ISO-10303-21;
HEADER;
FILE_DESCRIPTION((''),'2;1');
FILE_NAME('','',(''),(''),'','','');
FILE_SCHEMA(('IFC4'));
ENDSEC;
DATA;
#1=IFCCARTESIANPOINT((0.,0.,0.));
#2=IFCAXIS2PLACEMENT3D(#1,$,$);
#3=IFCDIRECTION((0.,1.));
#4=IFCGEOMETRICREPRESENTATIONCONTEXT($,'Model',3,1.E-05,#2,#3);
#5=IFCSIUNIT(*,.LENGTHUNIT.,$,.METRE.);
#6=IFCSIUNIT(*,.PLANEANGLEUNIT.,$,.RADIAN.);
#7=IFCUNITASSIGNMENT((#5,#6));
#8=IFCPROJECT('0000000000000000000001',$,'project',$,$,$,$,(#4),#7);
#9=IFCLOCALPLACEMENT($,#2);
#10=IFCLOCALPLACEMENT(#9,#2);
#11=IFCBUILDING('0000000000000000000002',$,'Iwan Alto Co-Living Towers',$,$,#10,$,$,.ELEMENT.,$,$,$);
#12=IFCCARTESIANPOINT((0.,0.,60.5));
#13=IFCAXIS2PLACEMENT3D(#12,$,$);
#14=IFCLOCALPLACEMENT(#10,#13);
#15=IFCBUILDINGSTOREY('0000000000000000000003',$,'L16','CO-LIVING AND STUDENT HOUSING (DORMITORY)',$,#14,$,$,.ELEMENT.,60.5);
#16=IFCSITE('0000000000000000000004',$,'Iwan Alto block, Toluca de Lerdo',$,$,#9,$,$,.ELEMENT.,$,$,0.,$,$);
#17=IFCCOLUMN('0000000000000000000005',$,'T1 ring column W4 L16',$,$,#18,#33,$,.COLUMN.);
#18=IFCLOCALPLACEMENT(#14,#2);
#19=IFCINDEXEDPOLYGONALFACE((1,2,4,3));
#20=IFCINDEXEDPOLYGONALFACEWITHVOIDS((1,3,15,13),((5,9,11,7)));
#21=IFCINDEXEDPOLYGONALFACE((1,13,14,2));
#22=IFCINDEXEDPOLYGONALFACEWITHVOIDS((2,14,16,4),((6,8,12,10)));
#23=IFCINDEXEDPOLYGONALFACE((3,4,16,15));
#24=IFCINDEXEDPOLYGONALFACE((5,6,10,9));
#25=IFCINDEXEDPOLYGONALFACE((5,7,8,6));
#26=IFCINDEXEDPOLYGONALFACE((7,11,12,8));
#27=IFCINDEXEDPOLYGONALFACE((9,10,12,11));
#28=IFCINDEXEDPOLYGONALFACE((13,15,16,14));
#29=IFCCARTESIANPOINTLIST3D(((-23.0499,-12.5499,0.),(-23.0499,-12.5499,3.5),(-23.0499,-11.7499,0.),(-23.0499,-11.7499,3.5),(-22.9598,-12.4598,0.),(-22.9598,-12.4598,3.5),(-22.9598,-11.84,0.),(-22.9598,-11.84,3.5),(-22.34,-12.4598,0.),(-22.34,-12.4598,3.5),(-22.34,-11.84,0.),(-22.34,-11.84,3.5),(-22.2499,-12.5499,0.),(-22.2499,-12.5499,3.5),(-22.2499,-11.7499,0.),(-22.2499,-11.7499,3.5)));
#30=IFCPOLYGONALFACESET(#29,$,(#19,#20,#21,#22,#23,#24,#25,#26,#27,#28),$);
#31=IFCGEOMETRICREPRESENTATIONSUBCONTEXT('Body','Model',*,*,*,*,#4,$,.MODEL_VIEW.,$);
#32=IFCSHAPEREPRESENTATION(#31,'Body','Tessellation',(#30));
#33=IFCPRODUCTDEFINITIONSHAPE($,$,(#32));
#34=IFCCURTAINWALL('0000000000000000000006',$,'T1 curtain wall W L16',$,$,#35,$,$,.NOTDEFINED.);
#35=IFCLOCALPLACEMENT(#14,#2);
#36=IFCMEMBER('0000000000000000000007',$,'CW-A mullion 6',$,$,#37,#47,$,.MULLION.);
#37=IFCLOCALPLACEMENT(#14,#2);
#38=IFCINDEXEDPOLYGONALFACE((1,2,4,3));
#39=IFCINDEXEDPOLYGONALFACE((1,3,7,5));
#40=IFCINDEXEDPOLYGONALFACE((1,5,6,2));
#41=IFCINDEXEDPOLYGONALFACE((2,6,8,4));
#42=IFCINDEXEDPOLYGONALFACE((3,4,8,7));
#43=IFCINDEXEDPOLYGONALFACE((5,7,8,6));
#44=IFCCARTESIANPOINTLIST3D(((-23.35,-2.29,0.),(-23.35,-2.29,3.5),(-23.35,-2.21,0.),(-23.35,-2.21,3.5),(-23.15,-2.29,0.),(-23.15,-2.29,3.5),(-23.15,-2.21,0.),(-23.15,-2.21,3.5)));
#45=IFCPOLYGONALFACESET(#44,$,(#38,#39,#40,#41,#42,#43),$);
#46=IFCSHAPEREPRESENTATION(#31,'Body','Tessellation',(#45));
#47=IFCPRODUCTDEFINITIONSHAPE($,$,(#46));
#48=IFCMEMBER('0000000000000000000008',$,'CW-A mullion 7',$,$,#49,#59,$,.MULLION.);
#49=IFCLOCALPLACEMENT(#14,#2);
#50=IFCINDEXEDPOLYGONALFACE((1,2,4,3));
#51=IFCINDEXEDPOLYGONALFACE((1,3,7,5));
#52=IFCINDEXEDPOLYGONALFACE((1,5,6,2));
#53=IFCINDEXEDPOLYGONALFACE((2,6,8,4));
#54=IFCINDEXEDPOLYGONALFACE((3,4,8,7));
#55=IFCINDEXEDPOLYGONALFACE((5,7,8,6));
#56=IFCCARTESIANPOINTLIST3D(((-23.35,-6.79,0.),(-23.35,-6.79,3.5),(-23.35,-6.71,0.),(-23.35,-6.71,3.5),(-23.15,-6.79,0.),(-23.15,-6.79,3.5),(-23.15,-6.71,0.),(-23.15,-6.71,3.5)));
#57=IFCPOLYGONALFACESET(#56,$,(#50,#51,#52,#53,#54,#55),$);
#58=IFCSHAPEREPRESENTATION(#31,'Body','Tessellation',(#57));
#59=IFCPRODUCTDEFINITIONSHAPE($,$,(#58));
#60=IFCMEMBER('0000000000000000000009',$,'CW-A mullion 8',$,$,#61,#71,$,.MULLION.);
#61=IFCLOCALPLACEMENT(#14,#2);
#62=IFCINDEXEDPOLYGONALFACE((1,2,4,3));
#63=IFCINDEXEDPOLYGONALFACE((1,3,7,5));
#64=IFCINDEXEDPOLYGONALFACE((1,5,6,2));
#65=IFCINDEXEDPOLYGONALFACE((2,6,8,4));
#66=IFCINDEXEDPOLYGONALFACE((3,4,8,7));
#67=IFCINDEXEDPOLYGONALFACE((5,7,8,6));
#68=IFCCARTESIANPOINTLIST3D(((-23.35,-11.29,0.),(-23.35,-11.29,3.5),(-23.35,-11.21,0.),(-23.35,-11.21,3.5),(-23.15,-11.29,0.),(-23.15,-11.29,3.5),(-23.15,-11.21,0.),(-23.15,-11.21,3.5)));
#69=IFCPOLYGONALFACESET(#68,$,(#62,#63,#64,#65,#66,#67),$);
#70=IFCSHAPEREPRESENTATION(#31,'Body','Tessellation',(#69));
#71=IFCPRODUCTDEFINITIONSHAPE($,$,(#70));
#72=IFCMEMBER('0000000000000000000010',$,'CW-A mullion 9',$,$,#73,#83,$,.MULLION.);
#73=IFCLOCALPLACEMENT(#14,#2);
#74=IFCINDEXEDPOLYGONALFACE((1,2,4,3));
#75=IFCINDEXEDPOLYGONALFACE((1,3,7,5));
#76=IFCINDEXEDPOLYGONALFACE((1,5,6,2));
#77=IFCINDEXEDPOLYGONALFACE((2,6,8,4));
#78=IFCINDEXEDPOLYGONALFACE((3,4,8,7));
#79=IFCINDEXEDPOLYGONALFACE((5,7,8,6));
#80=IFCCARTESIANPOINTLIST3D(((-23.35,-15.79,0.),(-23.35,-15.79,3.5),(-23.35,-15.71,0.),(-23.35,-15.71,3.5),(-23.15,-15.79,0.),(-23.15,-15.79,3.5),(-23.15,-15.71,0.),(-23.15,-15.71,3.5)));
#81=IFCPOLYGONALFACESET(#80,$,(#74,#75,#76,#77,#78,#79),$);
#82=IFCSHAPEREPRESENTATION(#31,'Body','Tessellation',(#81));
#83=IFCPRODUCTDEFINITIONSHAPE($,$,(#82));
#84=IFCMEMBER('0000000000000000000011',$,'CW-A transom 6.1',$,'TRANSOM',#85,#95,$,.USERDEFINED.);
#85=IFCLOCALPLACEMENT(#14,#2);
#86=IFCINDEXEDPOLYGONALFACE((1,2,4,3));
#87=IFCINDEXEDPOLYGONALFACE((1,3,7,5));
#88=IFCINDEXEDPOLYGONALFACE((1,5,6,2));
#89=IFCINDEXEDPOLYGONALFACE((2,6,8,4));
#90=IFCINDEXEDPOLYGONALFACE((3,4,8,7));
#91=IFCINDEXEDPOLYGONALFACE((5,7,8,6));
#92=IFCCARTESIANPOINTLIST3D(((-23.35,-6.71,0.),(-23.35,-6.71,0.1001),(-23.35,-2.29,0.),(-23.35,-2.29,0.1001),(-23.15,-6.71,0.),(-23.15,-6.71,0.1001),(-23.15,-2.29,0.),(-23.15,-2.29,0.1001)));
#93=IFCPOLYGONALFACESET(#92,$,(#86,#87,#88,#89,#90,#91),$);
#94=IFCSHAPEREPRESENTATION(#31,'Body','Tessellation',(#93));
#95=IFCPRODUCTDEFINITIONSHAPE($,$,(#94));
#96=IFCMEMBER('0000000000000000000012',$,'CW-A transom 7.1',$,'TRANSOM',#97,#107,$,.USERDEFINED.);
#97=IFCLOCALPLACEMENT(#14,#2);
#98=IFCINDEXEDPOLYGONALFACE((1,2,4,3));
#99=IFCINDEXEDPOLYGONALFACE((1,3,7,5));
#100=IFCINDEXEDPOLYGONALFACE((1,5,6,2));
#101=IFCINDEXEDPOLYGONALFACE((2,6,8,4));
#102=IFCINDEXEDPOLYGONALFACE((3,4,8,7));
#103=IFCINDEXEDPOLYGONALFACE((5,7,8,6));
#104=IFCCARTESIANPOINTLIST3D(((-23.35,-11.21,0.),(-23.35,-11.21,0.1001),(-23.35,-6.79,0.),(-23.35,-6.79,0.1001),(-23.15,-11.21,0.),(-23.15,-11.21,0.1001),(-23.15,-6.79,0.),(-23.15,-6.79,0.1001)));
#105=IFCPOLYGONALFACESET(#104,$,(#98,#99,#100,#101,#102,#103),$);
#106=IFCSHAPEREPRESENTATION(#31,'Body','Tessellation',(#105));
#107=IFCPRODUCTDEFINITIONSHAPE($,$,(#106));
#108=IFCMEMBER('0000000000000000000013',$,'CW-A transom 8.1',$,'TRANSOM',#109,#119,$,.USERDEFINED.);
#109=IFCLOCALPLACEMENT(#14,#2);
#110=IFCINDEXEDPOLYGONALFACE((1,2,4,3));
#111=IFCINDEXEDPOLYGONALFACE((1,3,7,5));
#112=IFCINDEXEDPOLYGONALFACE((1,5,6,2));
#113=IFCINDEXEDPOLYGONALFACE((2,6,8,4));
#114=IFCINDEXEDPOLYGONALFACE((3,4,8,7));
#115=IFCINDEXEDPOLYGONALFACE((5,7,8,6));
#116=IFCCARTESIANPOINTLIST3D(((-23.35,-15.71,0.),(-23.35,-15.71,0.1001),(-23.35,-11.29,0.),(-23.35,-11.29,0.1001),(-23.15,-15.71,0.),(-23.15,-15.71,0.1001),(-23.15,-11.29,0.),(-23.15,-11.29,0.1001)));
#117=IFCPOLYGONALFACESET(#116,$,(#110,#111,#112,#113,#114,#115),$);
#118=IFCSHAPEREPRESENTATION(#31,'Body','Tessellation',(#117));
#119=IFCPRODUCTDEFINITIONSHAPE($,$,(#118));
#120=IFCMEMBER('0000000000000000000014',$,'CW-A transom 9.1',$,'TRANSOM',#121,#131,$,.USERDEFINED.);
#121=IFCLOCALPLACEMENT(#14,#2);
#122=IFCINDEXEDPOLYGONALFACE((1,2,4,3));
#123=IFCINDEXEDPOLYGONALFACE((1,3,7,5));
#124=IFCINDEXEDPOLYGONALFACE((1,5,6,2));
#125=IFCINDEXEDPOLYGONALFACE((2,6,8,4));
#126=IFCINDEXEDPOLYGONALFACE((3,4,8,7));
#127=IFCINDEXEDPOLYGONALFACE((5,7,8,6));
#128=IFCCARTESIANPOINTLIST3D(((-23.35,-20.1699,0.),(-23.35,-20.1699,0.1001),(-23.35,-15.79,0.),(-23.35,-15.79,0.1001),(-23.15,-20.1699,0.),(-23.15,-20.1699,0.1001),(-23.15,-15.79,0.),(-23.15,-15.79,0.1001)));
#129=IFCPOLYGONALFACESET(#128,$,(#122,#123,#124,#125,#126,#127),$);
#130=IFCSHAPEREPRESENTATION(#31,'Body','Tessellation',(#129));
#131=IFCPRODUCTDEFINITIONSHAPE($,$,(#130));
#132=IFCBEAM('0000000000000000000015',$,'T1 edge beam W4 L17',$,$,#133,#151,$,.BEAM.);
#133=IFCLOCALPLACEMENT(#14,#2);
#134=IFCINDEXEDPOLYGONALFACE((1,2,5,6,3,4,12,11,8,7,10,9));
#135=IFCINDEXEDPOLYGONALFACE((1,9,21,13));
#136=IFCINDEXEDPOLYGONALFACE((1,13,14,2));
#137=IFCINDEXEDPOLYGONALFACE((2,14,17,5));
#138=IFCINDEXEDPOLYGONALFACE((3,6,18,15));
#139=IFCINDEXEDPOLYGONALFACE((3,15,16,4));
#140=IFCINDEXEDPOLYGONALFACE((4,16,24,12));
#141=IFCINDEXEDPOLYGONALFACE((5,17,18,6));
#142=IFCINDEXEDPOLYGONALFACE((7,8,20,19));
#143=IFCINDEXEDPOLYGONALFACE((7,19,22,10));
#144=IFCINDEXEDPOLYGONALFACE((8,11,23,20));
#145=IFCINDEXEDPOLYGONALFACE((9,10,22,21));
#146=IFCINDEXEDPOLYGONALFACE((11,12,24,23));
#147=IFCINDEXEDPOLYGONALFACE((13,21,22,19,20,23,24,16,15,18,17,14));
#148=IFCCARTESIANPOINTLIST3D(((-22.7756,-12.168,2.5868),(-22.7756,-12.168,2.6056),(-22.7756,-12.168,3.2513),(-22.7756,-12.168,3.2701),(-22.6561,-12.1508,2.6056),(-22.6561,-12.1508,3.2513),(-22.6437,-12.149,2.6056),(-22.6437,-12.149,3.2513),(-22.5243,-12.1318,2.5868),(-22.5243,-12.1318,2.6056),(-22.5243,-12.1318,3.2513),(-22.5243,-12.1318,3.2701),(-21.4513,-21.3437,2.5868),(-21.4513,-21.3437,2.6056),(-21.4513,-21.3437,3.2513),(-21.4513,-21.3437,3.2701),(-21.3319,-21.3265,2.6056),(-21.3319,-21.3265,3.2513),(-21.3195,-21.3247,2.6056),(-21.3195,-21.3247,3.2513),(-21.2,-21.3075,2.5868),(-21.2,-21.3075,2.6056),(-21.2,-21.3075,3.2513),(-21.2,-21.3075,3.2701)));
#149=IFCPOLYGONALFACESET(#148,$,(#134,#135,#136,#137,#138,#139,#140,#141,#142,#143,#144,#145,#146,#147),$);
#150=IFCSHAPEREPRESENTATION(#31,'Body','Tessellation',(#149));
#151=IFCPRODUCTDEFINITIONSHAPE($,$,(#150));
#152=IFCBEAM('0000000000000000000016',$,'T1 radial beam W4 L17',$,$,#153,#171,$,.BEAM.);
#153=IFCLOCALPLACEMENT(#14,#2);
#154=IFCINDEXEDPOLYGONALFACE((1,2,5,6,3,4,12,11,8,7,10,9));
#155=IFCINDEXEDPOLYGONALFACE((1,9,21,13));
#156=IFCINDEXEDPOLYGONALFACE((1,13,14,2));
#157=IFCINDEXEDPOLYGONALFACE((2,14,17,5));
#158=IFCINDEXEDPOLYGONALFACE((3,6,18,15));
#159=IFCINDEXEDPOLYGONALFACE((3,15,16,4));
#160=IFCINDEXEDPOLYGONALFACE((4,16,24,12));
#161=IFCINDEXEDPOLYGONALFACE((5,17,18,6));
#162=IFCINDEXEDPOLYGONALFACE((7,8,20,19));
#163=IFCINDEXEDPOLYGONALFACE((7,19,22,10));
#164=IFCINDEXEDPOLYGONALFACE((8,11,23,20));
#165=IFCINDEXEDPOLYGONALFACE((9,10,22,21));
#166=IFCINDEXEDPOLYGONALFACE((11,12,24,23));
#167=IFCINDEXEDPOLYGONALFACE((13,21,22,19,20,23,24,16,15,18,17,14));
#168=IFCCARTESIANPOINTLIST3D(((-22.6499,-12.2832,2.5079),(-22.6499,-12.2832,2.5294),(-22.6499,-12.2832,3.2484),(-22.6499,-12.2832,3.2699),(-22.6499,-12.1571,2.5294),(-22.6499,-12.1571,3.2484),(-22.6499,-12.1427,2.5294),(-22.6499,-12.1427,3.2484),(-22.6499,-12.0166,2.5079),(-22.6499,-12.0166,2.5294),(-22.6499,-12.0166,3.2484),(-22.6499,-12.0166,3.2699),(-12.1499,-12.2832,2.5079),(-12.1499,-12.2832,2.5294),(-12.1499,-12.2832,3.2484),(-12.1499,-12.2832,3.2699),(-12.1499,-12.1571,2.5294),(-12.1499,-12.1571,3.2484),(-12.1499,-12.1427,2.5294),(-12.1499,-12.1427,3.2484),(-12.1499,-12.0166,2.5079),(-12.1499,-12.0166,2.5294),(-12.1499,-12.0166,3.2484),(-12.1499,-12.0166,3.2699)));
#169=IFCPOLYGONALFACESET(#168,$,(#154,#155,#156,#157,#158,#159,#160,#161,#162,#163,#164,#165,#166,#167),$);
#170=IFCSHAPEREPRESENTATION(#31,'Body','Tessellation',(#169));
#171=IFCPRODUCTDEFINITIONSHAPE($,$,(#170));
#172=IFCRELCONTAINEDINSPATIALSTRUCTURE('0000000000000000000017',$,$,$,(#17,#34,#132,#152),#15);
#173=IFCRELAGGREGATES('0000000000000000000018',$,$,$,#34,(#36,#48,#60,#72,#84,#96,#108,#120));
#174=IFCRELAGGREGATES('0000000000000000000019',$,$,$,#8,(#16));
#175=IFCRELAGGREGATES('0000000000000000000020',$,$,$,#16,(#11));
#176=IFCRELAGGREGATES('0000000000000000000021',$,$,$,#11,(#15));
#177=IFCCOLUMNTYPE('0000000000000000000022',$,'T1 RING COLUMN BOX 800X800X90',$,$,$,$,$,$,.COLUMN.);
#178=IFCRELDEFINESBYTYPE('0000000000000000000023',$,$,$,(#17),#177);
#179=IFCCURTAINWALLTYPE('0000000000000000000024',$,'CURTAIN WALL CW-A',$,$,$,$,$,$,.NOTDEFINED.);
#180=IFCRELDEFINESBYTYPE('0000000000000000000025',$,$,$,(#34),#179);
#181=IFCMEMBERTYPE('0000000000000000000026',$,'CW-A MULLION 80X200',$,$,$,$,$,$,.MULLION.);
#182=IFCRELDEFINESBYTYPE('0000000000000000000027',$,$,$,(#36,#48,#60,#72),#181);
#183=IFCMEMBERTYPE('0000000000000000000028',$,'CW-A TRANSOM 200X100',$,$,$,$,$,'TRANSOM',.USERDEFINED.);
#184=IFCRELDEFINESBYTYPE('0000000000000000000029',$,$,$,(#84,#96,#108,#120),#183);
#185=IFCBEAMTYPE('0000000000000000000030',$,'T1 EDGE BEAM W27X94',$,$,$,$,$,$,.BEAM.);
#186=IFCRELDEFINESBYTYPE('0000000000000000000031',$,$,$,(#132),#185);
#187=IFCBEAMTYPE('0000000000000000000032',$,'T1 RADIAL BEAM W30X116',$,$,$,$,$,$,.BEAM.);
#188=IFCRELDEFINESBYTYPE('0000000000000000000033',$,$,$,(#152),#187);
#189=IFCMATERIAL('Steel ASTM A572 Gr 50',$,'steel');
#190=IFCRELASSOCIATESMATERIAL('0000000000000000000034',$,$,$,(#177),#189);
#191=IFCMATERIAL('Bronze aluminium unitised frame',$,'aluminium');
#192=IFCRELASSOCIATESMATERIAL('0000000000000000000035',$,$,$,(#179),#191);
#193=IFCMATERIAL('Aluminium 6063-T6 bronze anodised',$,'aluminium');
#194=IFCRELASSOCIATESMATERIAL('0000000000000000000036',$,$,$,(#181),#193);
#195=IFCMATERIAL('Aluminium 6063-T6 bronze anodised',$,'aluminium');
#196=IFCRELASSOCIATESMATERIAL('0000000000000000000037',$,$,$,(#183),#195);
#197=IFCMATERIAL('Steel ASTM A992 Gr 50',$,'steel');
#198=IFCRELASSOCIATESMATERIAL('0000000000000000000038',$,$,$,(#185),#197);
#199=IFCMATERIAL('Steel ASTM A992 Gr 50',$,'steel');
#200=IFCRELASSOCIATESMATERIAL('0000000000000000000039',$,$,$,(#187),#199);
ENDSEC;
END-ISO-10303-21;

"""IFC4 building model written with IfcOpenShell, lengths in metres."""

from ifc_helpers import new_model, si_unit, direction, frame, origin, origin_2d, place, context, subcontext, project, spatial, rectangle, hollow_rectangle, i_section, extrude, material, material_profile, profile_set, type_object, element, aggregate, save


model = new_model("IFC4")

# Units and contexts
model_context = context("Model", 3, precision=1e-05, world=origin(), true_north=direction((0.0, 1.0)))
body_context = subcontext(model_context, "Body", "Model", "MODEL_VIEW")
ifc_project = project(units=[si_unit("LENGTHUNIT", "METRE"), si_unit("PLANEANGLEUNIT", "RADIAN")], contexts=[model_context])

# Site, building, storey
site_placement = place(None, origin())
site = spatial("IfcSite", under=ifc_project, at=site_placement, Name="Iwan Alto block, Toluca de Lerdo", CompositionType="ELEMENT", RefElevation=0.0)
building_placement = place(site_placement, origin())
building = spatial("IfcBuilding", under=site, at=building_placement, Name="Iwan Alto Co-Living Towers", CompositionType="ELEMENT")
storey_placement = place(building_placement, frame((0.0, 0.0, 60.5)))
storey = spatial("IfcBuildingStorey", under=building, at=storey_placement, Name="L16", Description="CO-LIVING AND STUDENT HOUSING (DORMITORY)", CompositionType="ELEMENT", Elevation=60.5)

# Column
ifc_material_1 = material(Name="Steel ASTM A572 Gr 50", Category="steel")
ifc_material_profile_1 = material_profile(ifc_material_1, hollow_rectangle(XDim=0.8, YDim=0.8, WallThickness=0.0901, at=origin_2d()), Name="BOX 800X800X90")
ifc_profile_set_1 = profile_set([ifc_material_profile_1], Name="Steel ASTM A572 Gr 50")
column_type = type_object("IfcColumnType", Name="T1 RING COLUMN BOX 800X800X90", PredefinedType="COLUMN", material=ifc_profile_set_1)
column_placement = place(storey_placement, frame((-22.6499, -12.1499, 0.0), z_axis=(0.0, 0.0, 1.0), x_axis=(1.0, 0.0, 0.0)))
element("IfcColumn", 1, at=column_placement, inside=storey, type_object=column_type, Name="T1 ring column W4 L16", PredefinedType="COLUMN", context=body_context, shape_type="SweptSolid", body=[
    extrude(hollow_rectangle(XDim=0.8, YDim=0.8, WallThickness=0.0901, at=origin_2d()), origin(), (0.0, 0.0, 1.0), 3.5),
])

# Curtain wall, members
ifc_material_2 = material(Name="Bronze aluminium unitised frame", Category="aluminium")
curtain_wall_type = type_object("IfcCurtainWallType", Name="CURTAIN WALL CW-A", PredefinedType="NOTDEFINED", material=ifc_material_2)
curtain_wall_placement = place(storey_placement, origin())
curtain_wall = element("IfcCurtainWall", 2, at=curtain_wall_placement, inside=storey, type_object=curtain_wall_type, Name="T1 curtain wall W L16", PredefinedType="NOTDEFINED")
ifc_material_3 = material(Name="Aluminium 6063-T6 bronze anodised", Category="aluminium")
ifc_material_profile_2 = material_profile(ifc_material_3, rectangle(XDim=0.2, YDim=0.0801, at=origin_2d()), Name="AL 80X200")
ifc_profile_set_2 = profile_set([ifc_material_profile_2], Name="Aluminium 6063-T6 bronze anodised")
member_type_1 = type_object("IfcMemberType", Name="CW-A MULLION 80X200", PredefinedType="MULLION", material=ifc_profile_set_2)
member_1_placement = place(storey_placement, frame((-23.25, -2.25, 0.0), z_axis=(0.0, 0.0, 1.0), x_axis=(1.0, 0.0, 0.0)))
member_1 = element("IfcMember", 3, at=member_1_placement, type_object=member_type_1, Name="CW-A mullion 6", PredefinedType="MULLION", context=body_context, shape_type="SweptSolid", body=[
    extrude(rectangle(XDim=0.2, YDim=0.0801, at=origin_2d()), origin(), (0.0, 0.0, 1.0), 3.5),
])
member_2_placement = place(storey_placement, frame((-23.25, -6.75, 0.0), z_axis=(0.0, 0.0, 1.0), x_axis=(1.0, 0.0, 0.0)))
member_2 = element("IfcMember", 4, at=member_2_placement, type_object=member_type_1, Name="CW-A mullion 7", PredefinedType="MULLION", context=body_context, shape_type="SweptSolid", body=[
    extrude(rectangle(XDim=0.2, YDim=0.0801, at=origin_2d()), origin(), (0.0, 0.0, 1.0), 3.5),
])
member_3_placement = place(storey_placement, frame((-23.25, -11.25, 0.0), z_axis=(0.0, 0.0, 1.0), x_axis=(1.0, 0.0, 0.0)))
member_3 = element("IfcMember", 5, at=member_3_placement, type_object=member_type_1, Name="CW-A mullion 8", PredefinedType="MULLION", context=body_context, shape_type="SweptSolid", body=[
    extrude(rectangle(XDim=0.2, YDim=0.0801, at=origin_2d()), origin(), (0.0, 0.0, 1.0), 3.5),
])
member_4_placement = place(storey_placement, frame((-23.25, -15.75, 0.0), z_axis=(0.0, 0.0, 1.0), x_axis=(1.0, 0.0, 0.0)))
member_4 = element("IfcMember", 6, at=member_4_placement, type_object=member_type_1, Name="CW-A mullion 9", PredefinedType="MULLION", context=body_context, shape_type="SweptSolid", body=[
    extrude(rectangle(XDim=0.2, YDim=0.0801, at=origin_2d()), origin(), (0.0, 0.0, 1.0), 3.5),
])
ifc_material_4 = material(Name="Aluminium 6063-T6 bronze anodised", Category="aluminium")
ifc_material_profile_3 = material_profile(ifc_material_4, rectangle(XDim=0.2, YDim=0.1001, at=origin_2d()), Name="AL 200X100")
ifc_profile_set_3 = profile_set([ifc_material_profile_3], Name="Aluminium 6063-T6 bronze anodised")
member_type_2 = type_object("IfcMemberType", Name="CW-A TRANSOM 200X100", ElementType="TRANSOM", PredefinedType="USERDEFINED", material=ifc_profile_set_3)
member_5_placement = place(storey_placement, frame((-23.25, -2.29, 0.05), z_axis=(0.0, -1.0, 0.0), x_axis=(1.0, 0.0, 0.0)))
member_5 = element("IfcMember", 7, at=member_5_placement, type_object=member_type_2, Name="CW-A transom 6.1", ObjectType="TRANSOM", PredefinedType="USERDEFINED", context=body_context, shape_type="SweptSolid", body=[
    extrude(rectangle(XDim=0.2, YDim=0.1001, at=origin_2d()), origin(), (0.0, 0.0, 1.0), 4.4199),
])
member_6_placement = place(storey_placement, frame((-23.25, -6.79, 0.05), z_axis=(0.0, -1.0, 0.0), x_axis=(1.0, 0.0, 0.0)))
member_6 = element("IfcMember", 8, at=member_6_placement, type_object=member_type_2, Name="CW-A transom 7.1", ObjectType="TRANSOM", PredefinedType="USERDEFINED", context=body_context, shape_type="SweptSolid", body=[
    extrude(rectangle(XDim=0.2, YDim=0.1001, at=origin_2d()), origin(), (0.0, 0.0, 1.0), 4.4199),
])
member_7_placement = place(storey_placement, frame((-23.25, -11.29, 0.05), z_axis=(0.0, -1.0, 0.0), x_axis=(1.0, 0.0, 0.0)))
member_7 = element("IfcMember", 9, at=member_7_placement, type_object=member_type_2, Name="CW-A transom 8.1", ObjectType="TRANSOM", PredefinedType="USERDEFINED", context=body_context, shape_type="SweptSolid", body=[
    extrude(rectangle(XDim=0.2, YDim=0.1001, at=origin_2d()), origin(), (0.0, 0.0, 1.0), 4.4199),
])
member_8_placement = place(storey_placement, frame((-23.25, -15.79, 0.05), z_axis=(0.0, -1.0, 0.0), x_axis=(1.0, 0.0, 0.0)))
member_8 = element("IfcMember", 10, at=member_8_placement, type_object=member_type_2, Name="CW-A transom 9.1", ObjectType="TRANSOM", PredefinedType="USERDEFINED", context=body_context, shape_type="SweptSolid", body=[
    extrude(rectangle(XDim=0.2, YDim=0.1001, at=origin_2d()), origin(), (0.0, 0.0, 1.0), 4.3799),
])

# Beams
ifc_material_5 = material(Name="Steel ASTM A992 Gr 50", Category="steel")
ifc_material_profile_4 = material_profile(ifc_material_5, i_section(OverallWidth=0.2539, OverallDepth=0.6833, WebThickness=0.0125, FlangeThickness=0.0188, at=origin_2d()), Name="W27X94")
ifc_profile_set_4 = profile_set([ifc_material_profile_4], Name="Steel ASTM A992 Gr 50")
beam_type_1 = type_object("IfcBeamType", Name="T1 EDGE BEAM W27X94", PredefinedType="BEAM", material=ifc_profile_set_4)
beam_1_placement = place(storey_placement, frame((-22.6499, -12.1499, 2.9285), z_axis=(0.142837, -0.989746, 0.0), x_axis=(0.989746, 0.142837, 0.0)))
element("IfcBeam", 11, at=beam_1_placement, inside=storey, type_object=beam_type_1, Name="T1 edge beam W4 L17", PredefinedType="BEAM", context=body_context, shape_type="SweptSolid", body=[
    extrude(i_section(OverallWidth=0.2539, OverallDepth=0.6833, WebThickness=0.0125, FlangeThickness=0.0188, at=origin_2d()), origin(), (0.0, 0.0, 1.0), 9.2708),
])
ifc_material_6 = material(Name="Steel ASTM A992 Gr 50", Category="steel")
ifc_material_profile_5 = material_profile(ifc_material_6, i_section(OverallWidth=0.2666, OverallDepth=0.762, WebThickness=0.0144, FlangeThickness=0.0215, at=origin_2d()), Name="W30X116")
ifc_profile_set_5 = profile_set([ifc_material_profile_5], Name="Steel ASTM A992 Gr 50")
beam_type_2 = type_object("IfcBeamType", Name="T1 RADIAL BEAM W30X116", PredefinedType="BEAM", material=ifc_profile_set_5)
beam_2_placement = place(storey_placement, frame((-22.6499, -12.1499, 2.8889), z_axis=(1.0, 0.0, 0.0), x_axis=(0.0, 1.0, 0.0)))
element("IfcBeam", 12, at=beam_2_placement, inside=storey, type_object=beam_type_2, Name="T1 radial beam W4 L17", PredefinedType="BEAM", context=body_context, shape_type="SweptSolid", body=[
    extrude(i_section(OverallWidth=0.2666, OverallDepth=0.762, WebThickness=0.0144, FlangeThickness=0.0215, at=origin_2d()), origin(), (0.0, 0.0, 1.0), 10.5),
])

aggregate(curtain_wall, [member_1, member_2, member_3, member_4, member_5, member_6, member_7, member_8])

save(model, "model.ifc")
